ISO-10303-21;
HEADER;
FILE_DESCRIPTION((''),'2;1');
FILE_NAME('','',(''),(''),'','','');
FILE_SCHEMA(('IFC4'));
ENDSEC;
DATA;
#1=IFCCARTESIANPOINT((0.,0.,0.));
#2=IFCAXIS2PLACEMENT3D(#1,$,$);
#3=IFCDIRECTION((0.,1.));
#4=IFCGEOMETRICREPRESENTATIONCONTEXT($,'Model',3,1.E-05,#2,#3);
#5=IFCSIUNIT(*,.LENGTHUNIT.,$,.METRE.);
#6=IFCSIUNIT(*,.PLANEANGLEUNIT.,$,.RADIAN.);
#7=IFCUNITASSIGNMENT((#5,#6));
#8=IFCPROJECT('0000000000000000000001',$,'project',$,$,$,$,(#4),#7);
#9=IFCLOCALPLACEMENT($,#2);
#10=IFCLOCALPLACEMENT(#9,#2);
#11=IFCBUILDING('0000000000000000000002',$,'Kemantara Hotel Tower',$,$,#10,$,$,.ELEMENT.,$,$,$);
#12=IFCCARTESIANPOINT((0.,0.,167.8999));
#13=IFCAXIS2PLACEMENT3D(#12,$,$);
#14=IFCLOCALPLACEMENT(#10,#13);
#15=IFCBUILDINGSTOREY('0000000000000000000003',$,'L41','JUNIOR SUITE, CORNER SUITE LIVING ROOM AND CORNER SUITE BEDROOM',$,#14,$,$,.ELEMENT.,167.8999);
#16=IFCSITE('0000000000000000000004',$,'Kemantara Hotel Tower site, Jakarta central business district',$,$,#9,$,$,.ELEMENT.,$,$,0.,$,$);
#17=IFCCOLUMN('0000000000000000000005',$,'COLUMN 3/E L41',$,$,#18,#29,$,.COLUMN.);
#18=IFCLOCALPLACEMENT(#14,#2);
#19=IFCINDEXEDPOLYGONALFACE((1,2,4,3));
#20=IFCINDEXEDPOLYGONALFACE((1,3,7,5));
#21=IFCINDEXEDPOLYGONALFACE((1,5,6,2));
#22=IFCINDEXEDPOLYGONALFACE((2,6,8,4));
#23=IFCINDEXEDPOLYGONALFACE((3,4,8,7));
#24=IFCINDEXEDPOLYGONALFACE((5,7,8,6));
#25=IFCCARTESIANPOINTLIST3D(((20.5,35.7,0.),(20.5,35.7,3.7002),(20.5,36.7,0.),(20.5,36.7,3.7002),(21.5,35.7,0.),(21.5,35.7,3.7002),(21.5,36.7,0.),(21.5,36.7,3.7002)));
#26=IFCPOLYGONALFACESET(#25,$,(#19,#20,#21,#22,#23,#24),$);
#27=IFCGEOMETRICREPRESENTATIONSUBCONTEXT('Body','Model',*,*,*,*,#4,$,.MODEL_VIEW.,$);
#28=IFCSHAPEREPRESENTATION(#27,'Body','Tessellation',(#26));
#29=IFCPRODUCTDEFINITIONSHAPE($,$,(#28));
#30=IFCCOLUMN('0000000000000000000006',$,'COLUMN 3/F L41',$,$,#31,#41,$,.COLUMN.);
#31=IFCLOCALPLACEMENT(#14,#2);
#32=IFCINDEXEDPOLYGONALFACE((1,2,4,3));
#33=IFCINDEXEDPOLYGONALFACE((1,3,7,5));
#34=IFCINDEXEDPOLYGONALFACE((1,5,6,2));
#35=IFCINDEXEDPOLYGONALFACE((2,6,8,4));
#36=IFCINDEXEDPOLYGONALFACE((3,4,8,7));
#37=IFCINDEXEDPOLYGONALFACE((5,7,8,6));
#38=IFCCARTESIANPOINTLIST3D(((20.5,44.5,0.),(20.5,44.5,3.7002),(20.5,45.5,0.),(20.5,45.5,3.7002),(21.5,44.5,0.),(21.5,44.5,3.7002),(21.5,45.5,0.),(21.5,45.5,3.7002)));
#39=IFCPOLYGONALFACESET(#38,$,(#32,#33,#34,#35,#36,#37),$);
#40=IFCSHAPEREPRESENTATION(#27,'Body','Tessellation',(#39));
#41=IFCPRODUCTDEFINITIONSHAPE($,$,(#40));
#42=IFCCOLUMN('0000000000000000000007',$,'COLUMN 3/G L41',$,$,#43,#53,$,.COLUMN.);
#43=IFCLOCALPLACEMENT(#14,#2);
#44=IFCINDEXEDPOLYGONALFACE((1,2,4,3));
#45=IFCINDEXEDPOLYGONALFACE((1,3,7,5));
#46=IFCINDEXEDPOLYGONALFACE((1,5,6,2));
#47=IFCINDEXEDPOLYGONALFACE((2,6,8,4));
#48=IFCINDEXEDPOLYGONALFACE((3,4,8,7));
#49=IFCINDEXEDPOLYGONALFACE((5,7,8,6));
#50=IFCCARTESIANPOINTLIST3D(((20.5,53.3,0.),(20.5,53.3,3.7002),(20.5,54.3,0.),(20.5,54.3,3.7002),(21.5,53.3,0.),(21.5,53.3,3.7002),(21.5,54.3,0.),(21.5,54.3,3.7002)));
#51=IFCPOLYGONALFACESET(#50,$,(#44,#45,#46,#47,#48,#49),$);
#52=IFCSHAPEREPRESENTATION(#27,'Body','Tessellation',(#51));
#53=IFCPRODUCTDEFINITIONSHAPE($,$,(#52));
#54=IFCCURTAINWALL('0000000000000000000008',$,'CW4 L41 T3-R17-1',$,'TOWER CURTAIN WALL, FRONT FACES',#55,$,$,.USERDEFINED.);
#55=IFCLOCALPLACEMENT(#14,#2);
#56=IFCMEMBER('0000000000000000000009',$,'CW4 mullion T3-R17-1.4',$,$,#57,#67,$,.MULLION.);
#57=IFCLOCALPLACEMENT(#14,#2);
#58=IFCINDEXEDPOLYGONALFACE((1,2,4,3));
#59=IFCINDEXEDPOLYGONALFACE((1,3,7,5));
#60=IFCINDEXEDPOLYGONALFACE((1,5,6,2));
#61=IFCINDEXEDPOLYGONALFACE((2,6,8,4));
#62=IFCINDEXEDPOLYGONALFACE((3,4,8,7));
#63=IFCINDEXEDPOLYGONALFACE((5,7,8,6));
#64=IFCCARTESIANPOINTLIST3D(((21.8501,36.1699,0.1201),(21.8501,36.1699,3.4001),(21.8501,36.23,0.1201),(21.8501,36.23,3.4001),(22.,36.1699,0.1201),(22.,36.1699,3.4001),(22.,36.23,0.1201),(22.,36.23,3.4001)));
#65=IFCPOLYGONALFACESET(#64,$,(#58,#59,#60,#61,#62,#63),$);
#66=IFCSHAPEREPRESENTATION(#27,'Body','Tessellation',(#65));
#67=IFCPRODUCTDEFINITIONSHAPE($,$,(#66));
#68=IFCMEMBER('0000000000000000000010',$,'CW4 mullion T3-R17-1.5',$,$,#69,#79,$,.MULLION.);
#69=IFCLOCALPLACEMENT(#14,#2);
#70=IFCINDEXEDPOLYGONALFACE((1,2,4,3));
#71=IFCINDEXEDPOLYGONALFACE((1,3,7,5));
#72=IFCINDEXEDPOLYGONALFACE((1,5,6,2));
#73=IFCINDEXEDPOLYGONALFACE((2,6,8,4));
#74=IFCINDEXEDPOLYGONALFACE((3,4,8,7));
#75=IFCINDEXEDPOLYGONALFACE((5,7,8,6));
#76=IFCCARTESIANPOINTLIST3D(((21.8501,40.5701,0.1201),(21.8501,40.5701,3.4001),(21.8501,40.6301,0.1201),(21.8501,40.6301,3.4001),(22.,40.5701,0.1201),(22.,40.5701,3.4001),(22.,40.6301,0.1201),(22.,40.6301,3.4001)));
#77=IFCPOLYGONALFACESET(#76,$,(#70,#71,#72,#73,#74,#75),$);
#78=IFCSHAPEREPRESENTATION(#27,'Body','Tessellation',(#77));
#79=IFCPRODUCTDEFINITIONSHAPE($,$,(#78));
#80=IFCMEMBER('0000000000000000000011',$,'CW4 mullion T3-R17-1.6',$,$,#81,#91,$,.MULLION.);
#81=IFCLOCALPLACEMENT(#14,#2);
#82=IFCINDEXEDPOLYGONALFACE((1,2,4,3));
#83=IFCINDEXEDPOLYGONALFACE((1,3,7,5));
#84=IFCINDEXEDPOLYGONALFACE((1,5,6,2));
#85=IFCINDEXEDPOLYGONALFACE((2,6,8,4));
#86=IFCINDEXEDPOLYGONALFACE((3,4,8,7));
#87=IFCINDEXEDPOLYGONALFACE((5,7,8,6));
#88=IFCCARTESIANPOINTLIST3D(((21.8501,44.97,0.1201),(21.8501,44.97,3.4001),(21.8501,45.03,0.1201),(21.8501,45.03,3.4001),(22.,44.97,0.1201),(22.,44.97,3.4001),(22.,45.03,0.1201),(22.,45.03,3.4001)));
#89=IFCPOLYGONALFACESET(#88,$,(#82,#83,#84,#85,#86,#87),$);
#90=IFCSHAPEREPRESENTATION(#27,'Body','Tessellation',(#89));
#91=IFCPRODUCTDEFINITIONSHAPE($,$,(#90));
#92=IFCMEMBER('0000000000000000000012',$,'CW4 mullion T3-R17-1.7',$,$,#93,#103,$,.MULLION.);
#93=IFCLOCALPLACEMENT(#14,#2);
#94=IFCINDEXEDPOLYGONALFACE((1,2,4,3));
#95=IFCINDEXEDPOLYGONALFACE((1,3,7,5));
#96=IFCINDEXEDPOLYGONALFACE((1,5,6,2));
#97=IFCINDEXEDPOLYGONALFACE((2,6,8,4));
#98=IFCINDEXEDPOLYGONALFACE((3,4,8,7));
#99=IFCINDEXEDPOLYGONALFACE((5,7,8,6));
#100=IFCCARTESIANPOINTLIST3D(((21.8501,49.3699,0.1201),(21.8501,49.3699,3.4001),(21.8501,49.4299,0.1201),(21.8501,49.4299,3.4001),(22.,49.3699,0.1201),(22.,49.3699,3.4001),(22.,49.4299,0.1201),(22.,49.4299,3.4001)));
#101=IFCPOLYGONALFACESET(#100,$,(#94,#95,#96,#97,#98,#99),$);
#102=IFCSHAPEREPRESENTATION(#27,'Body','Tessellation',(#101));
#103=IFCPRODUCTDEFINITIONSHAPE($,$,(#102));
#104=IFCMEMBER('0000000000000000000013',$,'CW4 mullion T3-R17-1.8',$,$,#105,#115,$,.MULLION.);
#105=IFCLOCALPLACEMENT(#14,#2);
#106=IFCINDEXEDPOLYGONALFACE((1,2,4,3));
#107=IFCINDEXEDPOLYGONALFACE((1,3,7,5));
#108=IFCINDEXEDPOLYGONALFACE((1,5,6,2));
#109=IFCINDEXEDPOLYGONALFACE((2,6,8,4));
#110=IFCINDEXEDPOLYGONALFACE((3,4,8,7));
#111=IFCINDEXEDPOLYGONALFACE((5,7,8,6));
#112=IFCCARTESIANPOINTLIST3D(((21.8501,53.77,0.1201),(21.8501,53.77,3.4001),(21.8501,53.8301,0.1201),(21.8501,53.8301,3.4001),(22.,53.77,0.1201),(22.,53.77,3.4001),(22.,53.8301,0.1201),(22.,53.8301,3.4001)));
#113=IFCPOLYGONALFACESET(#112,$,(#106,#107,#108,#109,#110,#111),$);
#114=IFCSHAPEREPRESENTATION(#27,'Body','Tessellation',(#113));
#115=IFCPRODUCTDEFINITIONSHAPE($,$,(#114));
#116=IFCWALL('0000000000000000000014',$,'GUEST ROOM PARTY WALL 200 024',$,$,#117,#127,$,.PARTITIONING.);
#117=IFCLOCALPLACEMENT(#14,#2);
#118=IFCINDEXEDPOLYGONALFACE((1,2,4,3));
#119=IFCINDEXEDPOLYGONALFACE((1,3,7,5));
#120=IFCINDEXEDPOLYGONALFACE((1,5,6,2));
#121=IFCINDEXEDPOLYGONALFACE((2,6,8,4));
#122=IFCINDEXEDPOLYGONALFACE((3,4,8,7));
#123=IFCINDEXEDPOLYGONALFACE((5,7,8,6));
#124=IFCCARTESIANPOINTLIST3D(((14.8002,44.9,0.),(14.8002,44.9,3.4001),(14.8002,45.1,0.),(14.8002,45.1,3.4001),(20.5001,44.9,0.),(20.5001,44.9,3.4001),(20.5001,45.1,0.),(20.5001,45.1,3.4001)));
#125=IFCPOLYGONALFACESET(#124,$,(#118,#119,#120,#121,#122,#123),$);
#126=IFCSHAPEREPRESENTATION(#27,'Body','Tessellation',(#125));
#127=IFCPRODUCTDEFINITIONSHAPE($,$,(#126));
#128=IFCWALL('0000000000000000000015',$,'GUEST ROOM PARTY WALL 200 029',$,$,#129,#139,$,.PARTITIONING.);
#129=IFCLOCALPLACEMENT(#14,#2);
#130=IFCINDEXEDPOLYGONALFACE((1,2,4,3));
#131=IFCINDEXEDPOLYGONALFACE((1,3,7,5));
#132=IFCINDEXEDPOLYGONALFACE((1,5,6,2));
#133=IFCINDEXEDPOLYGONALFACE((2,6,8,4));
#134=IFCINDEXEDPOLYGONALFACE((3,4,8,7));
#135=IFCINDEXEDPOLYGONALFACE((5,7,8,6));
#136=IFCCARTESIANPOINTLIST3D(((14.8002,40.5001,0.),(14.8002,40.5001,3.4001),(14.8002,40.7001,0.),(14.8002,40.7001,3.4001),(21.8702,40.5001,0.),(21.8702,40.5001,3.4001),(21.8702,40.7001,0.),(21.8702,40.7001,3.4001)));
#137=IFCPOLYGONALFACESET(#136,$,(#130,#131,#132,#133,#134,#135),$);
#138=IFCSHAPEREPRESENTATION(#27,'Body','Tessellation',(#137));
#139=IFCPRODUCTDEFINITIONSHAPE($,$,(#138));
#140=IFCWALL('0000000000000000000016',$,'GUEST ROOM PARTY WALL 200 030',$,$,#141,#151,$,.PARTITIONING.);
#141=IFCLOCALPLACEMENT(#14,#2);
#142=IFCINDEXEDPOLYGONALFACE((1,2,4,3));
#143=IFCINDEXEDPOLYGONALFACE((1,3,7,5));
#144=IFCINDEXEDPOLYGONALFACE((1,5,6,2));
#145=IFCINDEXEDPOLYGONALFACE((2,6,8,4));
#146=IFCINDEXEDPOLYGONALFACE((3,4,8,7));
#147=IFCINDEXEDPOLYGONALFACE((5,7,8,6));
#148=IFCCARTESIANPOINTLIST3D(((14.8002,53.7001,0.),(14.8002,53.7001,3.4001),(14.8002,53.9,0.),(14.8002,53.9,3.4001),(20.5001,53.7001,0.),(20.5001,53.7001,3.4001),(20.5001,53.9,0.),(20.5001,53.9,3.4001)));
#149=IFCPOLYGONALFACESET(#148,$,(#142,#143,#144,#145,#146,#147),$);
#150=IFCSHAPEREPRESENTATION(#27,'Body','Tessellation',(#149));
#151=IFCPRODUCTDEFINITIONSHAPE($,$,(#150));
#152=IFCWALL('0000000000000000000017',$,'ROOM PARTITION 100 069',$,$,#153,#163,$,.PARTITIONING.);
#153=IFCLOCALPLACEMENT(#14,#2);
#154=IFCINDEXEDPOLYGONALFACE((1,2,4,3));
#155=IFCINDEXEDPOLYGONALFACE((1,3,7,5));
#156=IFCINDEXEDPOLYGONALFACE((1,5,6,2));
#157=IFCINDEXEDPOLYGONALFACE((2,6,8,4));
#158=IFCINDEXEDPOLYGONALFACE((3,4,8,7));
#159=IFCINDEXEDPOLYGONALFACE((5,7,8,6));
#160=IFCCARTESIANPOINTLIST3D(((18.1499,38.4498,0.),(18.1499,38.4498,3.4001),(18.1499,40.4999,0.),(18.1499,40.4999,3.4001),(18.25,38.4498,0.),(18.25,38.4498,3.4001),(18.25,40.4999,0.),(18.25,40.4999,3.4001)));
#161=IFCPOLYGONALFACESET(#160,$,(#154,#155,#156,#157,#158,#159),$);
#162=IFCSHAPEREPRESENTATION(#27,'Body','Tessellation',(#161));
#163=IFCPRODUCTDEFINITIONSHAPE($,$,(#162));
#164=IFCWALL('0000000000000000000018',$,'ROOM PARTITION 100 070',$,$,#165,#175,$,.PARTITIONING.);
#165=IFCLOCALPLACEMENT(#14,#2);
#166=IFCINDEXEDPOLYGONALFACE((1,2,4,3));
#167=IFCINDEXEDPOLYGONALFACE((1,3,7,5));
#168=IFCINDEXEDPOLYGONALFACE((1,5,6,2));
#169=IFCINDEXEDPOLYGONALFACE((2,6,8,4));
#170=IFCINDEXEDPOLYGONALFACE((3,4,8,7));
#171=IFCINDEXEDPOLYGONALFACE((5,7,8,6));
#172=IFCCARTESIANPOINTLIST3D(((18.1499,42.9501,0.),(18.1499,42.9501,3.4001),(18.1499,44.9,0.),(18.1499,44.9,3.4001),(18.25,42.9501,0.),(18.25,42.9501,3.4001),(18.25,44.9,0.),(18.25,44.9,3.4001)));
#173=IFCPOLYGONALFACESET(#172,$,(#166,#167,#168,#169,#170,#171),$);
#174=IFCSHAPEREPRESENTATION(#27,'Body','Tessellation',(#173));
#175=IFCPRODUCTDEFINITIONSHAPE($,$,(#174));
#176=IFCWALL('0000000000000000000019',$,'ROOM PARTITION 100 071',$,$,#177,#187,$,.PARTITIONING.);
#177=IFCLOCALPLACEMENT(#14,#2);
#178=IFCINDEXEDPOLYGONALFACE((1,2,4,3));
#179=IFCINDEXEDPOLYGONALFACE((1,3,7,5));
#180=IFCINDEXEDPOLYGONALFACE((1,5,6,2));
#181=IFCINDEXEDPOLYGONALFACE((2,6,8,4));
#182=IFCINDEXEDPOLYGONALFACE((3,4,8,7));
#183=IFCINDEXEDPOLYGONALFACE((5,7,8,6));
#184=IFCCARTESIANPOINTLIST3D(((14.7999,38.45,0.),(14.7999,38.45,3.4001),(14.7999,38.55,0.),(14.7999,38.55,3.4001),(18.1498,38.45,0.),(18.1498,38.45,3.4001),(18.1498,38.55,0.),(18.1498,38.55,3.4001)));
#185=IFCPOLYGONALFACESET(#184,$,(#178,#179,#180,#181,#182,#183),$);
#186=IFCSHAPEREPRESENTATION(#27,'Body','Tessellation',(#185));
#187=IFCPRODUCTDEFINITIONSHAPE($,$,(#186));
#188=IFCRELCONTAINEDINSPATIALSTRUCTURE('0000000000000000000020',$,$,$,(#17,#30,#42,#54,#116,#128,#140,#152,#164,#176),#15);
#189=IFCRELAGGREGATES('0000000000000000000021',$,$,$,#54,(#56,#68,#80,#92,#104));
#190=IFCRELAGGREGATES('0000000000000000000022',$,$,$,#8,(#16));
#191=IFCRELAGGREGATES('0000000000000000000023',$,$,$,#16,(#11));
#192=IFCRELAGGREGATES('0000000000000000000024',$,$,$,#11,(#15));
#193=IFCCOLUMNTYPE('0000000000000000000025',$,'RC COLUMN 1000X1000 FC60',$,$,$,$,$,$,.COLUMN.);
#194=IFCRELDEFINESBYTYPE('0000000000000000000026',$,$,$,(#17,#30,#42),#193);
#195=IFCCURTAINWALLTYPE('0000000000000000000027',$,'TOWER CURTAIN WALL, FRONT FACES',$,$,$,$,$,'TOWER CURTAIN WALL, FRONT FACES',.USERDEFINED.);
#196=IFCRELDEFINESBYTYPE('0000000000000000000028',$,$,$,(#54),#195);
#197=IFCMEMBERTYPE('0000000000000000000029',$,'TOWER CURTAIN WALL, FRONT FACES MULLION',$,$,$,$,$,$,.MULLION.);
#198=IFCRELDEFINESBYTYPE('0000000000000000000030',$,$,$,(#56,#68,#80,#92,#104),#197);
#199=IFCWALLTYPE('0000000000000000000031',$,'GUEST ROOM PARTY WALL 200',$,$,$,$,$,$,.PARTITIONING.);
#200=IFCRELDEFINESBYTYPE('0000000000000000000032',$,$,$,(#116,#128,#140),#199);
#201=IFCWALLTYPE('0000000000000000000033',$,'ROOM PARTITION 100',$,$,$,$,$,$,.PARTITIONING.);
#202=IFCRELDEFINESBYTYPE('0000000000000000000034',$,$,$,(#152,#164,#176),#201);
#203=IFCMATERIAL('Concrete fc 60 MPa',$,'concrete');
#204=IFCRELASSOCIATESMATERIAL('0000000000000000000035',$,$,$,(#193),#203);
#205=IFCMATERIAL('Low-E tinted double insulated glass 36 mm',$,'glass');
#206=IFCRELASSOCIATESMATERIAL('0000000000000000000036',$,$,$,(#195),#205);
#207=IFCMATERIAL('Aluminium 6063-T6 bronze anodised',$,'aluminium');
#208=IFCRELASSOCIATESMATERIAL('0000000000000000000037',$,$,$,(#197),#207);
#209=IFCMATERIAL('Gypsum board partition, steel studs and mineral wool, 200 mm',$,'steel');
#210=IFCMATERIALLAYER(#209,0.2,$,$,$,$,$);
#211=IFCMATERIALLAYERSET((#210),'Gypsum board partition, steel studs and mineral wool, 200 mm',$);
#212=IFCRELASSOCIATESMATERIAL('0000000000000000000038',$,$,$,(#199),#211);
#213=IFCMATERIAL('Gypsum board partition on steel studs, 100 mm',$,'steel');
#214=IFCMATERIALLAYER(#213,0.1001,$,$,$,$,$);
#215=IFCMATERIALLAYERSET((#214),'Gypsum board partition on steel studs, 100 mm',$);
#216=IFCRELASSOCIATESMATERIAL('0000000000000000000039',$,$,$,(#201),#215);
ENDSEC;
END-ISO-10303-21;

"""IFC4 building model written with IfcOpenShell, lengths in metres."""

from ifc_helpers import new_model, si_unit, direction, frame, frame_2d, origin, origin_2d, place, context, subcontext, project, spatial, rectangle, extrude, source, transform, mapped, material, layer, layer_set, material_profile, profile_set, type_object, element, aggregate, save


model = new_model("IFC4")

# Units and contexts
model_context = context("Model", 3, precision=1e-05, world=origin(), true_north=direction((0.0, 1.0)))
body_context = subcontext(model_context, "Body", "Model", "MODEL_VIEW")
ifc_project = project(units=[si_unit("LENGTHUNIT", "METRE"), si_unit("PLANEANGLEUNIT", "RADIAN")], contexts=[model_context])

# Site, building, storey
site_placement = place(None, origin())
site = spatial("IfcSite", under=ifc_project, at=site_placement, Name="Kemantara Hotel Tower site, Jakarta central business district", CompositionType="ELEMENT", RefElevation=0.0)
building_placement = place(site_placement, origin())
building = spatial("IfcBuilding", under=site, at=building_placement, Name="Kemantara Hotel Tower", CompositionType="ELEMENT")
storey_placement = place(building_placement, frame((0.0, 0.0, 167.8999)))
storey = spatial("IfcBuildingStorey", under=building, at=storey_placement, Name="L41", Description="JUNIOR SUITE, CORNER SUITE LIVING ROOM AND CORNER SUITE BEDROOM", CompositionType="ELEMENT", Elevation=167.8999)

# Columns
ifc_material_1 = material(Name="Concrete fc 60 MPa", Category="concrete")
ifc_material_profile_1 = material_profile(ifc_material_1, rectangle(XDim=1.0, YDim=1.0, at=origin_2d()), Name="RC 1000X1000")
ifc_profile_set_1 = profile_set([ifc_material_profile_1], Name="Concrete fc 60 MPa")
column_type = type_object("IfcColumnType", Name="RC COLUMN 1000X1000 FC60", PredefinedType="COLUMN", material=ifc_profile_set_1)
for number, where, z_axis, x_axis, name in (
    (1, (21.0, 36.2, 0.0), (0.0, 0.0, 1.0), (1.0, 0.0, 0.0), "COLUMN 3/E L41"),
    (2, (21.0, 45.0, 0.0), (0.0, 0.0, 1.0), (1.0, 0.0, 0.0), "COLUMN 3/F L41"),
    (3, (21.0, 53.8, 0.0), (0.0, 0.0, 1.0), (1.0, 0.0, 0.0), "COLUMN 3/G L41"),
):
    element("IfcColumn", number, at=place(storey_placement, frame(where, z_axis=z_axis, x_axis=x_axis)), inside=storey, type_object=column_type, Name=name, PredefinedType="COLUMN", context=body_context, shape_type="SweptSolid", body=[
        extrude(rectangle(XDim=1.0, YDim=1.0, at=origin_2d()), origin(), (0.0, 0.0, 1.0), 3.7002),
    ])

# Curtain wall, members
ifc_material_2 = material(Name="Low-E tinted double insulated glass 36 mm", Category="glass")
curtain_wall_type = type_object("IfcCurtainWallType", Name="TOWER CURTAIN WALL, FRONT FACES", ElementType="TOWER CURTAIN WALL, FRONT FACES", PredefinedType="USERDEFINED", material=ifc_material_2)
curtain_wall_placement = place(storey_placement, origin())
curtain_wall = element("IfcCurtainWall", 4, at=curtain_wall_placement, inside=storey, type_object=curtain_wall_type, Name="CW4 L41 T3-R17-1", ObjectType="TOWER CURTAIN WALL, FRONT FACES", PredefinedType="USERDEFINED")
ifc_material_3 = material(Name="Aluminium 6063-T6 bronze anodised", Category="aluminium")
ifc_material_profile_2 = material_profile(ifc_material_3, rectangle(XDim=0.1499, YDim=0.0601, at=origin_2d()), Name="TOWER CURTAIN WALL, FRONT FACES MULLION")
ifc_profile_set_2 = profile_set([ifc_material_profile_2], Name="Aluminium 6063-T6 bronze anodised")
member_type = type_object("IfcMemberType", Name="TOWER CURTAIN WALL, FRONT FACES MULLION", PredefinedType="MULLION", material=ifc_profile_set_2)
shared_shape = source(origin(), body_context, "Body", "SweptSolid", [
    extrude(rectangle(XDim=0.1499, YDim=0.0601, at=origin_2d()), origin(), (0.0, 0.0, 1.0), 3.28),
])
member_1_placement = place(storey_placement, frame((21.925, 36.2, 0.1201), z_axis=(0.0, 0.0, 1.0), x_axis=(-1.0, 0.0, 0.0)))
member_1 = element("IfcMember", 5, at=member_1_placement, type_object=member_type, Name="CW4 mullion T3-R17-1.4", PredefinedType="MULLION", context=body_context, shape_type="MappedRepresentation", body=[
    mapped(shared_shape, transform((0.0, 0.0, 0.0))),
])
member_2_placement = place(storey_placement, frame((21.925, 40.6001, 0.1201), z_axis=(0.0, 0.0, 1.0), x_axis=(-1.0, 0.0, 0.0)))
member_2 = element("IfcMember", 6, at=member_2_placement, type_object=member_type, Name="CW4 mullion T3-R17-1.5", PredefinedType="MULLION", context=body_context, shape_type="MappedRepresentation", body=[
    mapped(shared_shape, transform((0.0, 0.0, 0.0))),
])
member_3_placement = place(storey_placement, frame((21.925, 45.0, 0.1201), z_axis=(0.0, 0.0, 1.0), x_axis=(-1.0, 0.0, 0.0)))
member_3 = element("IfcMember", 7, at=member_3_placement, type_object=member_type, Name="CW4 mullion T3-R17-1.6", PredefinedType="MULLION", context=body_context, shape_type="MappedRepresentation", body=[
    mapped(shared_shape, transform((0.0, 0.0, 0.0))),
])
member_4_placement = place(storey_placement, frame((21.925, 49.3999, 0.1201), z_axis=(0.0, 0.0, 1.0), x_axis=(-1.0, 0.0, 0.0)))
member_4 = element("IfcMember", 8, at=member_4_placement, type_object=member_type, Name="CW4 mullion T3-R17-1.7", PredefinedType="MULLION", context=body_context, shape_type="MappedRepresentation", body=[
    mapped(shared_shape, transform((0.0, 0.0, 0.0))),
])
member_5_placement = place(storey_placement, frame((21.925, 53.8, 0.1201), z_axis=(0.0, 0.0, 1.0), x_axis=(-1.0, 0.0, 0.0)))
member_5 = element("IfcMember", 9, at=member_5_placement, type_object=member_type, Name="CW4 mullion T3-R17-1.8", PredefinedType="MULLION", context=body_context, shape_type="MappedRepresentation", body=[
    mapped(shared_shape, transform((0.0, 0.0, 0.0))),
])
aggregate(curtain_wall, [member_1, member_2, member_3, member_4, member_5])

# Walls
ifc_material_4 = material(Name="Gypsum board partition, steel studs and mineral wool, 200 mm", Category="steel")
ifc_layer_1 = layer(ifc_material_4, 0.2)
ifc_layer_set_1 = layer_set([ifc_layer_1], Name="Gypsum board partition, steel studs and mineral wool, 200 mm")
wall_type_1 = type_object("IfcWallType", Name="GUEST ROOM PARTY WALL 200", PredefinedType="PARTITIONING", material=ifc_layer_set_1)
wall_1_placement = place(storey_placement, frame((14.8, 45.0, 0.0), z_axis=(0.0, 0.0, 1.0), x_axis=(1.0, 0.0, 0.0)))
element("IfcWall", 10, at=wall_1_placement, inside=storey, type_object=wall_type_1, Name="GUEST ROOM PARTY WALL 200 024", PredefinedType="PARTITIONING", context=body_context, shape_type="SweptSolid", body=[
    extrude(rectangle(XDim=5.7, YDim=0.2, at=frame_2d((2.8501, 0.0))), origin(), (0.0, 0.0, 1.0), 3.4001),
])
wall_2_placement = place(storey_placement, frame((14.8, 40.6001, 0.0), z_axis=(0.0, 0.0, 1.0), x_axis=(1.0, 0.0, 0.0)))
element("IfcWall", 11, at=wall_2_placement, inside=storey, type_object=wall_type_1, Name="GUEST ROOM PARTY WALL 200 029", PredefinedType="PARTITIONING", context=body_context, shape_type="SweptSolid", body=[
    extrude(rectangle(XDim=7.0701, YDim=0.2, at=frame_2d((3.5352, 0.0))), origin(), (0.0, 0.0, 1.0), 3.4001),
])
wall_3_placement = place(storey_placement, frame((14.8, 53.8, 0.0), z_axis=(0.0, 0.0, 1.0), x_axis=(1.0, 0.0, 0.0)))
element("IfcWall", 12, at=wall_3_placement, inside=storey, type_object=wall_type_1, Name="GUEST ROOM PARTY WALL 200 030", PredefinedType="PARTITIONING", context=body_context, shape_type="SweptSolid", body=[
    extrude(rectangle(XDim=5.7, YDim=0.2, at=frame_2d((2.8501, 0.0))), origin(), (0.0, 0.0, 1.0), 3.4001),
])
ifc_material_5 = material(Name="Gypsum board partition on steel studs, 100 mm", Category="steel")
ifc_layer_2 = layer(ifc_material_5, 0.1001)
ifc_layer_set_2 = layer_set([ifc_layer_2], Name="Gypsum board partition on steel studs, 100 mm")
wall_type_2 = type_object("IfcWallType", Name="ROOM PARTITION 100", PredefinedType="PARTITIONING", material=ifc_layer_set_2)
wall_4_placement = place(storey_placement, frame((18.2, 38.45, 0.0), z_axis=(0.0, 0.0, 1.0), x_axis=(0.0, 1.0, 0.0)))
element("IfcWall", 13, at=wall_4_placement, inside=storey, type_object=wall_type_2, Name="ROOM PARTITION 100 069", PredefinedType="PARTITIONING", context=body_context, shape_type="SweptSolid", body=[
    extrude(rectangle(XDim=2.05, YDim=0.1001, at=frame_2d((1.0249, 0.0))), origin(), (0.0, 0.0, 1.0), 3.4001),
])
wall_5_placement = place(storey_placement, frame((18.2, 42.95, 0.0), z_axis=(0.0, 0.0, 1.0), x_axis=(0.0, 1.0, 0.0)))
element("IfcWall", 14, at=wall_5_placement, inside=storey, type_object=wall_type_2, Name="ROOM PARTITION 100 070", PredefinedType="PARTITIONING", context=body_context, shape_type="SweptSolid", body=[
    extrude(rectangle(XDim=1.95, YDim=0.1001, at=frame_2d((0.9751, 0.0))), origin(), (0.0, 0.0, 1.0), 3.4001),
])
wall_6_placement = place(storey_placement, frame((14.8, 38.5, 0.0), z_axis=(0.0, 0.0, 1.0), x_axis=(1.0, 0.0, 0.0)))
element("IfcWall", 15, at=wall_6_placement, inside=storey, type_object=wall_type_2, Name="ROOM PARTITION 100 071", PredefinedType="PARTITIONING", context=body_context, shape_type="SweptSolid", body=[
    extrude(rectangle(XDim=3.3499, YDim=0.1001, at=frame_2d((1.6748, 0.0))), origin(), (0.0, 0.0, 1.0), 3.4001),
])

save(model, "model.ifc")
